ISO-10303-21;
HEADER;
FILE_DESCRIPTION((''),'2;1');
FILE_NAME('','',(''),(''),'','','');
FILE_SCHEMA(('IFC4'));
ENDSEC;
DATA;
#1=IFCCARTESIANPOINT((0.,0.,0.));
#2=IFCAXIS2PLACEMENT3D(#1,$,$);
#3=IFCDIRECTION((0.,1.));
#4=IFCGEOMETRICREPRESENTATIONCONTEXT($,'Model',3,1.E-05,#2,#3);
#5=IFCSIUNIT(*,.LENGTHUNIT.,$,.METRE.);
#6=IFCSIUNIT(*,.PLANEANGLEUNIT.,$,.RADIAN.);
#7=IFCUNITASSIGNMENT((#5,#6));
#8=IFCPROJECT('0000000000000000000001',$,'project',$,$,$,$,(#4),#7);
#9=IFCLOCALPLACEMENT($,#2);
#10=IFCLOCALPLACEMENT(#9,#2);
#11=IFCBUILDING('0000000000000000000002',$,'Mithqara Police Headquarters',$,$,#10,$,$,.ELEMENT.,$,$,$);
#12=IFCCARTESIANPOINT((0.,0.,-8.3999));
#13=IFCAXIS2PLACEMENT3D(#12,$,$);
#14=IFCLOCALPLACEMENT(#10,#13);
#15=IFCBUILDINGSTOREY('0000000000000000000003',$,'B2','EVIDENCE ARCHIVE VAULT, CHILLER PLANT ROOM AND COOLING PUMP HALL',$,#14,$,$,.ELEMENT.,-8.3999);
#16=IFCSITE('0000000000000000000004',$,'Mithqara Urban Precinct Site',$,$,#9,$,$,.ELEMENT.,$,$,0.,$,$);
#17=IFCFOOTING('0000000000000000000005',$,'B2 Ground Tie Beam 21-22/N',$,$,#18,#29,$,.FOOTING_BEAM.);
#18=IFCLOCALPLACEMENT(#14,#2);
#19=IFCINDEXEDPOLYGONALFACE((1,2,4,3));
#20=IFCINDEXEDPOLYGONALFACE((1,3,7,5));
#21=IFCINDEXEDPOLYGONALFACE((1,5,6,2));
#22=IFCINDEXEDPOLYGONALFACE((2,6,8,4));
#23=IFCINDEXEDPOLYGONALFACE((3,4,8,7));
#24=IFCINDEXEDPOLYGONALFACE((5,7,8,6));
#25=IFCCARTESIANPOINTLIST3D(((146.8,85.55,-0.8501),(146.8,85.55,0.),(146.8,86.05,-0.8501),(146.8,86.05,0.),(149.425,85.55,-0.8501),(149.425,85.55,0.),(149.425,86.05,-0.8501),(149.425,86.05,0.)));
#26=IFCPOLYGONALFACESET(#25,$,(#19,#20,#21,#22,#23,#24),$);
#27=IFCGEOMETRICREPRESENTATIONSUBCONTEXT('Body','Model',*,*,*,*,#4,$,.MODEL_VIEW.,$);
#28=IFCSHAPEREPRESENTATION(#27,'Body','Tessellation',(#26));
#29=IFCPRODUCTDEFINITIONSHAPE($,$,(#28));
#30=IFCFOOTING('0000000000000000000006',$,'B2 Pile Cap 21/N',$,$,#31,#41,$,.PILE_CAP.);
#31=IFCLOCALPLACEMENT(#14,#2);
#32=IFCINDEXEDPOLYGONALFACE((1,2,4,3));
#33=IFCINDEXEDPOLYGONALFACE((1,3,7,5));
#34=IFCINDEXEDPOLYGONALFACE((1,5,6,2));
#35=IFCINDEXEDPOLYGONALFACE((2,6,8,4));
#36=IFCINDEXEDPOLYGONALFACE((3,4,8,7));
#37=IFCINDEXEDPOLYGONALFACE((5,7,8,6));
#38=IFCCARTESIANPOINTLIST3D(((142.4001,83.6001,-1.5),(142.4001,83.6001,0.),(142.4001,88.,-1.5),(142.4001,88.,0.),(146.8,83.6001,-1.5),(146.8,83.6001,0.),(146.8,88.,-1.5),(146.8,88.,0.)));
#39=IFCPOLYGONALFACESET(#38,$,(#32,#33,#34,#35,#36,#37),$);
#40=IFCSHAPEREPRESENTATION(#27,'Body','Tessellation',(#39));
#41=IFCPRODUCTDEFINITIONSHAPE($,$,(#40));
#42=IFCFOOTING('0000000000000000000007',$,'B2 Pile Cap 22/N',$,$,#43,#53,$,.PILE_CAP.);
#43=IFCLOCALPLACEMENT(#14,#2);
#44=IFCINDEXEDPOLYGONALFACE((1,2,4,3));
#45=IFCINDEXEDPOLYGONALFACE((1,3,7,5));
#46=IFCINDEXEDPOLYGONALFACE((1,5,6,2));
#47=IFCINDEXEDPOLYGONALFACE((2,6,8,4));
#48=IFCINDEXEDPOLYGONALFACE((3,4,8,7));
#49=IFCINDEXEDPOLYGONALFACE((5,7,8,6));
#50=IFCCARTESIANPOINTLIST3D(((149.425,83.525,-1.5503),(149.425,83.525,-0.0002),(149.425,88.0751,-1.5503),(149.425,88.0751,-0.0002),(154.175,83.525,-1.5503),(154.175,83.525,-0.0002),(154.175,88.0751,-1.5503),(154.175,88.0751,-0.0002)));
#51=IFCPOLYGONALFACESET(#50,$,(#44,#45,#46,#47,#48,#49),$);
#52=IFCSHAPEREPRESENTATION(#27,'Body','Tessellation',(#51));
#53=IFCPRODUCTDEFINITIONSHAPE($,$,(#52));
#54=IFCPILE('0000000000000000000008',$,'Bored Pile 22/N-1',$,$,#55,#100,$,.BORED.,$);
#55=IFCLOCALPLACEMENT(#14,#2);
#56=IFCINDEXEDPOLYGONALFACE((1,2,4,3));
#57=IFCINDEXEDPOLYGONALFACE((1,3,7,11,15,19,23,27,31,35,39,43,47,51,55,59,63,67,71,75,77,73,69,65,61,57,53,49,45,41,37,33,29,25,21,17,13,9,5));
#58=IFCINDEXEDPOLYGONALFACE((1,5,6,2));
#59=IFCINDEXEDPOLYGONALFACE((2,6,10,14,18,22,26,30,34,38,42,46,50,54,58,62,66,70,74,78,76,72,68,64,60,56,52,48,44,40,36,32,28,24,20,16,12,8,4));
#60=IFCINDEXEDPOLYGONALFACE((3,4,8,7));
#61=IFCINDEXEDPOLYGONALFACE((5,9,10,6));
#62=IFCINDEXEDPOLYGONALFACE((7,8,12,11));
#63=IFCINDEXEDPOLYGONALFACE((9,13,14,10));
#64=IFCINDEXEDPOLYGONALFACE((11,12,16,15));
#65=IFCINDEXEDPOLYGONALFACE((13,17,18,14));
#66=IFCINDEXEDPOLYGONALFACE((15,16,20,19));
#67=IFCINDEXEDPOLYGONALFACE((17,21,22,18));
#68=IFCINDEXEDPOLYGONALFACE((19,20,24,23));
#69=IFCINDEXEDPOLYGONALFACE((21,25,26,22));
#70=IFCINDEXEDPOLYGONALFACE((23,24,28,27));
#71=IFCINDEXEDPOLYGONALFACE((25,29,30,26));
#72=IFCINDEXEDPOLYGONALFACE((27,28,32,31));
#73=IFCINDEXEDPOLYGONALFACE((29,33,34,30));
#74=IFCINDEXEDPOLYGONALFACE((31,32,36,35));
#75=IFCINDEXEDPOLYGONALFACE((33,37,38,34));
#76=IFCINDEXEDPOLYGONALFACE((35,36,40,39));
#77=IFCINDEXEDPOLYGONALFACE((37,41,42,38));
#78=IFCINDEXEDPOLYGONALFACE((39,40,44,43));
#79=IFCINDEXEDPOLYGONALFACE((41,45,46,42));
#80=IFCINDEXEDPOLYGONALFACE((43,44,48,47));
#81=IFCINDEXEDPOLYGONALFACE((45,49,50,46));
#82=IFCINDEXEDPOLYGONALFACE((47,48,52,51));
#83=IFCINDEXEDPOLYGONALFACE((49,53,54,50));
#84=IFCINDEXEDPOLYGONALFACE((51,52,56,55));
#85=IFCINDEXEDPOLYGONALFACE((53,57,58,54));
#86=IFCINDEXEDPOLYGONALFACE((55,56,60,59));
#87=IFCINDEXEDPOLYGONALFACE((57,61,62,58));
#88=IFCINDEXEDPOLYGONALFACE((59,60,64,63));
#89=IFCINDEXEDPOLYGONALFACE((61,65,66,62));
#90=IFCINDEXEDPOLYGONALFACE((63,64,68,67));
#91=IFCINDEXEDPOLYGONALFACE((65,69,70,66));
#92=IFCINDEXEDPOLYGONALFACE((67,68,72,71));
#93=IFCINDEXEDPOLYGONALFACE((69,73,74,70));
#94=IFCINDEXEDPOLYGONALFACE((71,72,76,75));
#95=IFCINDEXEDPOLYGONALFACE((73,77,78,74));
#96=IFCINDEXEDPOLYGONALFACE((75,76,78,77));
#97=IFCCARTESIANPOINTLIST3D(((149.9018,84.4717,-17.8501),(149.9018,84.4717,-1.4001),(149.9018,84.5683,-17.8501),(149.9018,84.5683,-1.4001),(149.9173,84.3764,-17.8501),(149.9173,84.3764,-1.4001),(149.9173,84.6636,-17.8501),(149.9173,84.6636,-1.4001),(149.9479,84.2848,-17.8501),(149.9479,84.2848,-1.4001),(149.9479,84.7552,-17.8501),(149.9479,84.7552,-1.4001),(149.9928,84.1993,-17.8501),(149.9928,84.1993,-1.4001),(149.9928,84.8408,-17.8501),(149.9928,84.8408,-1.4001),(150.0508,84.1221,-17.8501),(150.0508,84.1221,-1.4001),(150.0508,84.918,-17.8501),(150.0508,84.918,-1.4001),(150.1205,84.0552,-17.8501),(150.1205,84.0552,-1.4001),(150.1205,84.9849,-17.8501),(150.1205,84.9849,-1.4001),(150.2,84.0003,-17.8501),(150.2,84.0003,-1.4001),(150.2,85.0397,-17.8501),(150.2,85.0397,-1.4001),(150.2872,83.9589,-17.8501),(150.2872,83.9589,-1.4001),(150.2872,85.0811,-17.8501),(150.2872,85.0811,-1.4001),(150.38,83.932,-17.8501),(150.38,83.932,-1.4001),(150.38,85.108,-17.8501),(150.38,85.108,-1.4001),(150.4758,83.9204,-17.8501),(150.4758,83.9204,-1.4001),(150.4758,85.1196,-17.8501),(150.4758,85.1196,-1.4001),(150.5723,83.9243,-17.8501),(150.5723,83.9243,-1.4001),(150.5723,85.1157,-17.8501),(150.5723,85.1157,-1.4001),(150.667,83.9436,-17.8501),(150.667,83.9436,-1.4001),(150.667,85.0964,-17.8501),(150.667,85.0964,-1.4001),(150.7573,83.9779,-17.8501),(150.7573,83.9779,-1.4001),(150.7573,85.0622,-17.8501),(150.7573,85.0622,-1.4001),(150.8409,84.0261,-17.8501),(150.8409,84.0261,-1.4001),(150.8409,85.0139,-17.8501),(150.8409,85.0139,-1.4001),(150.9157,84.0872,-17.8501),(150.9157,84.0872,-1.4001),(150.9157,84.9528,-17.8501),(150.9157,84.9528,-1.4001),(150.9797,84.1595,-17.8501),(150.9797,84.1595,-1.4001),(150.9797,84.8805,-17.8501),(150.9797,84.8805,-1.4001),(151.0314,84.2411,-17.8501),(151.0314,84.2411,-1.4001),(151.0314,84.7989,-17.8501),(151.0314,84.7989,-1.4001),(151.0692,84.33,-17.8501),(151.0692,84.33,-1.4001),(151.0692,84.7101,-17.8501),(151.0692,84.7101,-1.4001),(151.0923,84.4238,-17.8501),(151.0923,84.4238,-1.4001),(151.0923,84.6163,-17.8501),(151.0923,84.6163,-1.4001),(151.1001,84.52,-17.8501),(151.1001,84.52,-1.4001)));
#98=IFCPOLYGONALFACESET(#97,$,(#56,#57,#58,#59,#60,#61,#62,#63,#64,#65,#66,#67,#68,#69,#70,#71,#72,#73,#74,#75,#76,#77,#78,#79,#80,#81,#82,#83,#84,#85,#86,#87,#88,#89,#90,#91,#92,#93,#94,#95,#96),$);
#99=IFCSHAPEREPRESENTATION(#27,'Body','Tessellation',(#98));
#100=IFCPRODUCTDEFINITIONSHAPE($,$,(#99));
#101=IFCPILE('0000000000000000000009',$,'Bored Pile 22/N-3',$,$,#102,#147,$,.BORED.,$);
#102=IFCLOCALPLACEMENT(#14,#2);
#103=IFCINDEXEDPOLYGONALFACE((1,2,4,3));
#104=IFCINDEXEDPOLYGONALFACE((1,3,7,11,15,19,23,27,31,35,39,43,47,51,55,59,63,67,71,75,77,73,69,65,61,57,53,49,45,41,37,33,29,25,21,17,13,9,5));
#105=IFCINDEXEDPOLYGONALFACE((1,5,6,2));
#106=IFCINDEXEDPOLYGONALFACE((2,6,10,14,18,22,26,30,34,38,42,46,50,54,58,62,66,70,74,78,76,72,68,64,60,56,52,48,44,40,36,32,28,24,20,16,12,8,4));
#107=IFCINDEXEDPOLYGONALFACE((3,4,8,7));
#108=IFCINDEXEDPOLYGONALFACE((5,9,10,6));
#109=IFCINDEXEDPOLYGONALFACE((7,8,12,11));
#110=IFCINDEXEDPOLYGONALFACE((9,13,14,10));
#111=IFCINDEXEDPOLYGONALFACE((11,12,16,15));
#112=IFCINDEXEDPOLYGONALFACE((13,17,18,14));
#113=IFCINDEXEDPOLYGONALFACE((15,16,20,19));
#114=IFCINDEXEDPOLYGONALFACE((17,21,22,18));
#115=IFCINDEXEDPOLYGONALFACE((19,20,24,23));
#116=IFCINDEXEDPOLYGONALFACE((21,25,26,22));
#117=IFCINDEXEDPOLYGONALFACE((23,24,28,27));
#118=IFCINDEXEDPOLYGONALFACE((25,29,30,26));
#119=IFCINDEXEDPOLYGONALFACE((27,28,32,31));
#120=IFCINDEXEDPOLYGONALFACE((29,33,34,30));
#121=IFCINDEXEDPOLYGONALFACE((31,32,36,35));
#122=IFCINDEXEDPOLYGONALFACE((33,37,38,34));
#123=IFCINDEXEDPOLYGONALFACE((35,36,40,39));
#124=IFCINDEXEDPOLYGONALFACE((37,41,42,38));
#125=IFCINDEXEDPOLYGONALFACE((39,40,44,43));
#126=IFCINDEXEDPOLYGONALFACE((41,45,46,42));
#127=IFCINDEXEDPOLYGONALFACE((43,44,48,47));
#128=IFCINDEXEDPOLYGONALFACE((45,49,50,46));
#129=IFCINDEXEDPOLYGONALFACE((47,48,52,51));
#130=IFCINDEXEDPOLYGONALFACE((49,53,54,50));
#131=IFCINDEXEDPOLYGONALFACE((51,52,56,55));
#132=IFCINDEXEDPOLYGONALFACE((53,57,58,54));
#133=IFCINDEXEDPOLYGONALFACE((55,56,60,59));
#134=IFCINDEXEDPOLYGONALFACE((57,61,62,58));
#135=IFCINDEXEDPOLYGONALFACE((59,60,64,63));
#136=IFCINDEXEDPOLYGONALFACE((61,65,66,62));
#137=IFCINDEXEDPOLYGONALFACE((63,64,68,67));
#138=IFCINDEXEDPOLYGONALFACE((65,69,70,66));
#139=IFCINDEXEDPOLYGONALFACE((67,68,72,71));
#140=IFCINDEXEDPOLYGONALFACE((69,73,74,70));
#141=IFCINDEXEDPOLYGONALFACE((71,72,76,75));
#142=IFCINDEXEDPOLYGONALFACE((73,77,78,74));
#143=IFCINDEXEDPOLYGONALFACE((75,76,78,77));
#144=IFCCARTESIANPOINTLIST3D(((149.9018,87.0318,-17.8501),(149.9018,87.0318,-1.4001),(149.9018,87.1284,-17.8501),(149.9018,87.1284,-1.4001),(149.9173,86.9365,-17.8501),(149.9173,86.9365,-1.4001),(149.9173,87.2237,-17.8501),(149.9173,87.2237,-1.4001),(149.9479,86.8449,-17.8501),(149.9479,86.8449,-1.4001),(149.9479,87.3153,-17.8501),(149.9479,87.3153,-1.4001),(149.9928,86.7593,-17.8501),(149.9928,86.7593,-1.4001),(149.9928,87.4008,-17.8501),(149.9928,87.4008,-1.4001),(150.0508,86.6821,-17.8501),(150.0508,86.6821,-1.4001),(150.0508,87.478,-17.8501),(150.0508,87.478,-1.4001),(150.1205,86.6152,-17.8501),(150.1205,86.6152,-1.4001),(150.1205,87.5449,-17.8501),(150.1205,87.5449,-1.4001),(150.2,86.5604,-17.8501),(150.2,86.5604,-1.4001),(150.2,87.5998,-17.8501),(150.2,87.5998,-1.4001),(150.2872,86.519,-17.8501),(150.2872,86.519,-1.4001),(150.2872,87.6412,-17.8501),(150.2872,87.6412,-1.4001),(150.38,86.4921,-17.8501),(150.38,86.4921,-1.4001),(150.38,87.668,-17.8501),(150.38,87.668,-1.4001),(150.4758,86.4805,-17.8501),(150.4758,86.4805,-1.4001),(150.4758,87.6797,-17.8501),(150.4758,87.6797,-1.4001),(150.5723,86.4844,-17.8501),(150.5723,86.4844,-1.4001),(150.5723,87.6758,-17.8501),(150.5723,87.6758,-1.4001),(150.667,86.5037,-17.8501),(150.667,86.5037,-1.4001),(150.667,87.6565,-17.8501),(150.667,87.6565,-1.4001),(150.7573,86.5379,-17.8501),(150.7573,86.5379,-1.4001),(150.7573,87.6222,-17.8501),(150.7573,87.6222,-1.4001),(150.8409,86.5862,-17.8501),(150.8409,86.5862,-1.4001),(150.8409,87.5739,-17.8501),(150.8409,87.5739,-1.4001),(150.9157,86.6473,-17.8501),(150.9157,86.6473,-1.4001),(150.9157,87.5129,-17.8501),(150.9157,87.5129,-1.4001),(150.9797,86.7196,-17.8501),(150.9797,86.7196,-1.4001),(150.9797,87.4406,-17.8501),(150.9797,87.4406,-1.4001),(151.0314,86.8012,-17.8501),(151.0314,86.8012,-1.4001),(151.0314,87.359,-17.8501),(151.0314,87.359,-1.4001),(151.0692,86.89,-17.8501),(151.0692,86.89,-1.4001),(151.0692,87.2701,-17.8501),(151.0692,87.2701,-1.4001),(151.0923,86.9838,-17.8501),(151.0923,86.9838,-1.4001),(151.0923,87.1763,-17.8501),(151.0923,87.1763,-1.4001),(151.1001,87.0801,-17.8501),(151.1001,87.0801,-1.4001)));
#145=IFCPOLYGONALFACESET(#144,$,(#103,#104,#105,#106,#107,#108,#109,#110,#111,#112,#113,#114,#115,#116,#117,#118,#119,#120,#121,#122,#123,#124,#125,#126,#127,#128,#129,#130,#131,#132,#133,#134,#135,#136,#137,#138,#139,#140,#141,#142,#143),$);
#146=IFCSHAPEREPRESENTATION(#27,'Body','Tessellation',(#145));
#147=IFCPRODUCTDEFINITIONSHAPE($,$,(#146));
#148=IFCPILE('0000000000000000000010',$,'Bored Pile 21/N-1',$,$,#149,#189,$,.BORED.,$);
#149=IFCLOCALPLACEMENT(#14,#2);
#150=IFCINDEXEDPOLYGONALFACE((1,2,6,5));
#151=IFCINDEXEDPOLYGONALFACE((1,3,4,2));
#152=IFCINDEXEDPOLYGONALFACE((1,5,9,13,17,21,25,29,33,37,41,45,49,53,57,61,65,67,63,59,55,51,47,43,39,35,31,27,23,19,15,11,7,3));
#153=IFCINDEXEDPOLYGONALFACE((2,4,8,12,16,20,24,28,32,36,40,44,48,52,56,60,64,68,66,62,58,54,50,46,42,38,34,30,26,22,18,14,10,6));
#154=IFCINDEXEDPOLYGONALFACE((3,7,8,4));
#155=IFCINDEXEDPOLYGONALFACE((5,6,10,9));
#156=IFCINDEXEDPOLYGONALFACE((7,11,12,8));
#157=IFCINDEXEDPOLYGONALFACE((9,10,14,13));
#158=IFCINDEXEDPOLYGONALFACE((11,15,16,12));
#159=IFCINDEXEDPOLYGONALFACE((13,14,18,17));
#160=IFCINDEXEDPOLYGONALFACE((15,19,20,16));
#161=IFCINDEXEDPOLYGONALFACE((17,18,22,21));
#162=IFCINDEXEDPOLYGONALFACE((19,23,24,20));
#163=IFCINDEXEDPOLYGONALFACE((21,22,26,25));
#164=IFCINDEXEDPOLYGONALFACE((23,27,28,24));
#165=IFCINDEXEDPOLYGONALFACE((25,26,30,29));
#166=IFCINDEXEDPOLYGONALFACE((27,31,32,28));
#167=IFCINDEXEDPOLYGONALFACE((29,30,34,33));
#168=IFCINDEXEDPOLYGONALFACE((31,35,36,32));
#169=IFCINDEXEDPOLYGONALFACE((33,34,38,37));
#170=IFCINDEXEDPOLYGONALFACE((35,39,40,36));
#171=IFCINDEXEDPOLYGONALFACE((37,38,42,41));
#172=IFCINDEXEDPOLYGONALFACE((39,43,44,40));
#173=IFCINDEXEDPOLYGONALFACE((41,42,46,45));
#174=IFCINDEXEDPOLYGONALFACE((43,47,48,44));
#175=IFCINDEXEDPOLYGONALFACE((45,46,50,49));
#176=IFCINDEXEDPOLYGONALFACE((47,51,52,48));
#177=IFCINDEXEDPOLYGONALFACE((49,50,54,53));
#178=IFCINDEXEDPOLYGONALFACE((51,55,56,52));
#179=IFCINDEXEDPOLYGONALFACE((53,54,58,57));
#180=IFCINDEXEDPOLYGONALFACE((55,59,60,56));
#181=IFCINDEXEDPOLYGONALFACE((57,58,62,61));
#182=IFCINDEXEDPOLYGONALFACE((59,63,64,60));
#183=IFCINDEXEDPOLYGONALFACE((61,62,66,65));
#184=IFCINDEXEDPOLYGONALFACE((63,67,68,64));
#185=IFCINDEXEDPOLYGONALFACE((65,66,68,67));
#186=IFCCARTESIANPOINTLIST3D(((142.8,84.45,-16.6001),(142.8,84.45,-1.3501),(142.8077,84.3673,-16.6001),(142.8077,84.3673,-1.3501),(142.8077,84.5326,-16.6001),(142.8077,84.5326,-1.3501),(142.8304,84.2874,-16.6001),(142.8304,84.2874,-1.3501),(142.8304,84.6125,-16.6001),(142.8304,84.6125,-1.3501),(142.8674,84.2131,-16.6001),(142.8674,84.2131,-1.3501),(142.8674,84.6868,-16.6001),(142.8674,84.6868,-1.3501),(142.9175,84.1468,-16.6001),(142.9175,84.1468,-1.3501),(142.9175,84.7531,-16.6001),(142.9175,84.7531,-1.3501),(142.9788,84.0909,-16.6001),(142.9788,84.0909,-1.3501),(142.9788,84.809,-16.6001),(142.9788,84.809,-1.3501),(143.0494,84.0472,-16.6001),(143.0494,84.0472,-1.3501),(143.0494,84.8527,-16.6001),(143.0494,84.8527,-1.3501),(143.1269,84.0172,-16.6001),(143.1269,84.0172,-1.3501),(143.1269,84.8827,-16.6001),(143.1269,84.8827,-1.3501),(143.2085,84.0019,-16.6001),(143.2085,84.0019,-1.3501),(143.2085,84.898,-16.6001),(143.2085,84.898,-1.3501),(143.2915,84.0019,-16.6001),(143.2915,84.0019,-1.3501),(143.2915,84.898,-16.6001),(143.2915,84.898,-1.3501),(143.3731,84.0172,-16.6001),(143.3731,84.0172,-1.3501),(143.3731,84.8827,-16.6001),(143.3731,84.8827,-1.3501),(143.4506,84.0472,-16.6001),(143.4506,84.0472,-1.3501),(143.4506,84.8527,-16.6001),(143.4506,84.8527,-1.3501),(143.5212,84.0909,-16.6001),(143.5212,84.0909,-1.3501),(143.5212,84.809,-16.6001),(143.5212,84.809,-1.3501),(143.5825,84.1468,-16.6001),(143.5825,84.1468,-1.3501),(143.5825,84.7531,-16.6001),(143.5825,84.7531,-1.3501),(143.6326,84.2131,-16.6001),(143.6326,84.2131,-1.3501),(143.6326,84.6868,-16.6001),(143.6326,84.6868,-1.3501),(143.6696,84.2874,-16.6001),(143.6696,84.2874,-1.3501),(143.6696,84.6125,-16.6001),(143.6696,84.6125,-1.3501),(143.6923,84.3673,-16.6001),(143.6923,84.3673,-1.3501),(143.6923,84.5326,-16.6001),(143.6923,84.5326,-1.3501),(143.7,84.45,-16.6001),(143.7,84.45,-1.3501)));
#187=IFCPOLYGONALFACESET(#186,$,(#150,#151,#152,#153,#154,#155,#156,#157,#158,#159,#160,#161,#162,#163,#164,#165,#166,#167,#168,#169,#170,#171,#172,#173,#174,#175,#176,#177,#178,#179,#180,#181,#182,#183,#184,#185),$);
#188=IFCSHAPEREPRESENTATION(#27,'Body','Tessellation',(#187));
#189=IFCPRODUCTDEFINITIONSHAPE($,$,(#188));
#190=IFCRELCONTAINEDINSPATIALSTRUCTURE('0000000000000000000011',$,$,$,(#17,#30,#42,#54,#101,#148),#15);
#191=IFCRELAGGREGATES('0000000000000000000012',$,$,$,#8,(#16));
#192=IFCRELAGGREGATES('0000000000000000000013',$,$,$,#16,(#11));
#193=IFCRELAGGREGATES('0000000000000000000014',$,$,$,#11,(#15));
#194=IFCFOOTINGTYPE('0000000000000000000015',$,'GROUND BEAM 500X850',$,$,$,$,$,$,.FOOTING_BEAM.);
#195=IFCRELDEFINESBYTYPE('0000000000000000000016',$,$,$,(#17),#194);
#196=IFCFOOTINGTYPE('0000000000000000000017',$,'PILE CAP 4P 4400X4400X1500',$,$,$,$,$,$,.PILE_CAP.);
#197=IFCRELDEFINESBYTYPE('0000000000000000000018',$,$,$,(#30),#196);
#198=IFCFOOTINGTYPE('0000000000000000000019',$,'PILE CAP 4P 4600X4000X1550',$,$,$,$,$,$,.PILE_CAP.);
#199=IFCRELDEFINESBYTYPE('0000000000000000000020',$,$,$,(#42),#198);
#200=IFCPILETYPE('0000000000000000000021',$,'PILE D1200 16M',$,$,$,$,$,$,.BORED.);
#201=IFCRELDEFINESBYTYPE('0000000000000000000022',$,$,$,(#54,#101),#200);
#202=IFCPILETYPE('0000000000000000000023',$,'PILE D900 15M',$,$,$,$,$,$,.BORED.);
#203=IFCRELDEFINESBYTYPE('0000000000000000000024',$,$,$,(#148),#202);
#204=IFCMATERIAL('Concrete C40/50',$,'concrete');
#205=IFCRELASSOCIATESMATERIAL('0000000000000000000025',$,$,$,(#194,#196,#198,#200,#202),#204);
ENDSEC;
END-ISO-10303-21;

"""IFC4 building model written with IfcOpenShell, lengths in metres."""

from ifc_helpers import new_model, si_unit, direction, frame, origin, origin_2d, place, context, subcontext, project, spatial, rectangle, circle, extrude, material, material_profile, profile_set, type_object, element, save


model = new_model("IFC4")

# Units and contexts
model_context = context("Model", 3, precision=1e-05, world=origin(), true_north=direction((0.0, 1.0)))
body_context = subcontext(model_context, "Body", "Model", "MODEL_VIEW")
ifc_project = project(units=[si_unit("LENGTHUNIT", "METRE"), si_unit("PLANEANGLEUNIT", "RADIAN")], contexts=[model_context])

# Site, building, storey
site_placement = place(None, origin())
site = spatial("IfcSite", under=ifc_project, at=site_placement, Name="Mithqara Urban Precinct Site", CompositionType="ELEMENT", RefElevation=0.0)
building_placement = place(site_placement, origin())
building = spatial("IfcBuilding", under=site, at=building_placement, Name="Mithqara Police Headquarters", CompositionType="ELEMENT")
storey_placement = place(building_placement, frame((0.0, 0.0, -8.3999)))
storey = spatial("IfcBuildingStorey", under=building, at=storey_placement, Name="B2", Description="EVIDENCE ARCHIVE VAULT, CHILLER PLANT ROOM AND COOLING PUMP HALL", CompositionType="ELEMENT", Elevation=-8.3999)

# Footings
ifc_material_1 = material(Name="Concrete C40/50", Category="concrete")
footing_type_1 = type_object("IfcFootingType", Name="GROUND BEAM 500X850", PredefinedType="FOOTING_BEAM", material=ifc_material_1)
footing_1_placement = place(storey_placement, frame((148.1125, 85.8, -0.8501), z_axis=(0.0, 0.0, 1.0), x_axis=(1.0, 0.0, 0.0)))
element("IfcFooting", 1, at=footing_1_placement, inside=storey, type_object=footing_type_1, Name="B2 Ground Tie Beam 21-22/N", PredefinedType="FOOTING_BEAM", context=body_context, shape_type="SweptSolid", body=[
    extrude(rectangle(XDim=2.625, YDim=0.5, at=origin_2d()), origin(), (0.0, 0.0, 1.0), 0.8501),
])
footing_type_2 = type_object("IfcFootingType", Name="PILE CAP 4P 4400X4400X1500", PredefinedType="PILE_CAP", material=ifc_material_1)
footing_2_placement = place(storey_placement, frame((144.6001, 85.8, -1.5), z_axis=(0.0, 0.0, 1.0), x_axis=(1.0, 0.0, 0.0)))
element("IfcFooting", 2, at=footing_2_placement, inside=storey, type_object=footing_type_2, Name="B2 Pile Cap 21/N", PredefinedType="PILE_CAP", context=body_context, shape_type="SweptSolid", body=[
    extrude(rectangle(XDim=4.3999, YDim=4.3999, at=origin_2d()), origin(), (0.0, 0.0, 1.0), 1.5),
])
footing_type_3 = type_object("IfcFootingType", Name="PILE CAP 4P 4600X4000X1550", PredefinedType="PILE_CAP", material=ifc_material_1)
footing_3_placement = place(storey_placement, frame((151.8, 85.8, -1.5503), z_axis=(0.0, 0.0, 1.0), x_axis=(1.0, 0.0, 0.0)))
element("IfcFooting", 3, at=footing_3_placement, inside=storey, type_object=footing_type_3, Name="B2 Pile Cap 22/N", PredefinedType="PILE_CAP", context=body_context, shape_type="SweptSolid", body=[
    extrude(rectangle(XDim=4.75, YDim=4.55, at=origin_2d()), origin(), (0.0, 0.0, 1.0), 1.55),
])

# Piles
ifc_material_profile_1 = material_profile(ifc_material_1, circle(Radius=0.6001, at=origin_2d()), Name="PILE D1200")
ifc_profile_set_1 = profile_set([ifc_material_profile_1], Name="Concrete C40/50")
pile_type_1 = type_object("IfcPileType", Name="PILE D1200 16M", PredefinedType="BORED", material=ifc_profile_set_1)
for number, where, z_axis, x_axis, name in (
    (4, (150.5, 84.52, -1.4001), (0.0, 0.0, -1.0), (1.0, 0.0, 0.0), "Bored Pile 22/N-1"),
    (5, (150.5, 87.0801, -1.4001), (0.0, 0.0, -1.0), (1.0, 0.0, 0.0), "Bored Pile 22/N-3"),
):
    element("IfcPile", number, at=place(storey_placement, frame(where, z_axis=z_axis, x_axis=x_axis)), inside=storey, type_object=pile_type_1, Name=name, PredefinedType="BORED", context=body_context, shape_type="SweptSolid", body=[
        extrude(circle(Radius=0.6001, at=origin_2d()), origin(), (0.0, 0.0, 1.0), 16.45),
    ])
ifc_material_profile_2 = material_profile(ifc_material_1, circle(Radius=0.45, at=origin_2d()), Name="PILE D900")
ifc_profile_set_2 = profile_set([ifc_material_profile_2], Name="Concrete C40/50")
pile_type_2 = type_object("IfcPileType", Name="PILE D900 15M", PredefinedType="BORED", material=ifc_profile_set_2)
for number, where, z_axis, x_axis, name in (
    (6, (143.25, 84.45, -1.3501), (0.0, 0.0, -1.0), (1.0, 0.0, 0.0), "Bored Pile 21/N-1"),
):
    element("IfcPile", number, at=place(storey_placement, frame(where, z_axis=z_axis, x_axis=x_axis)), inside=storey, type_object=pile_type_2, Name=name, PredefinedType="BORED", context=body_context, shape_type="SweptSolid", body=[
        extrude(circle(Radius=0.45, at=origin_2d()), origin(), (0.0, 0.0, 1.0), 15.25),
    ])

save(model, "model.ifc")
